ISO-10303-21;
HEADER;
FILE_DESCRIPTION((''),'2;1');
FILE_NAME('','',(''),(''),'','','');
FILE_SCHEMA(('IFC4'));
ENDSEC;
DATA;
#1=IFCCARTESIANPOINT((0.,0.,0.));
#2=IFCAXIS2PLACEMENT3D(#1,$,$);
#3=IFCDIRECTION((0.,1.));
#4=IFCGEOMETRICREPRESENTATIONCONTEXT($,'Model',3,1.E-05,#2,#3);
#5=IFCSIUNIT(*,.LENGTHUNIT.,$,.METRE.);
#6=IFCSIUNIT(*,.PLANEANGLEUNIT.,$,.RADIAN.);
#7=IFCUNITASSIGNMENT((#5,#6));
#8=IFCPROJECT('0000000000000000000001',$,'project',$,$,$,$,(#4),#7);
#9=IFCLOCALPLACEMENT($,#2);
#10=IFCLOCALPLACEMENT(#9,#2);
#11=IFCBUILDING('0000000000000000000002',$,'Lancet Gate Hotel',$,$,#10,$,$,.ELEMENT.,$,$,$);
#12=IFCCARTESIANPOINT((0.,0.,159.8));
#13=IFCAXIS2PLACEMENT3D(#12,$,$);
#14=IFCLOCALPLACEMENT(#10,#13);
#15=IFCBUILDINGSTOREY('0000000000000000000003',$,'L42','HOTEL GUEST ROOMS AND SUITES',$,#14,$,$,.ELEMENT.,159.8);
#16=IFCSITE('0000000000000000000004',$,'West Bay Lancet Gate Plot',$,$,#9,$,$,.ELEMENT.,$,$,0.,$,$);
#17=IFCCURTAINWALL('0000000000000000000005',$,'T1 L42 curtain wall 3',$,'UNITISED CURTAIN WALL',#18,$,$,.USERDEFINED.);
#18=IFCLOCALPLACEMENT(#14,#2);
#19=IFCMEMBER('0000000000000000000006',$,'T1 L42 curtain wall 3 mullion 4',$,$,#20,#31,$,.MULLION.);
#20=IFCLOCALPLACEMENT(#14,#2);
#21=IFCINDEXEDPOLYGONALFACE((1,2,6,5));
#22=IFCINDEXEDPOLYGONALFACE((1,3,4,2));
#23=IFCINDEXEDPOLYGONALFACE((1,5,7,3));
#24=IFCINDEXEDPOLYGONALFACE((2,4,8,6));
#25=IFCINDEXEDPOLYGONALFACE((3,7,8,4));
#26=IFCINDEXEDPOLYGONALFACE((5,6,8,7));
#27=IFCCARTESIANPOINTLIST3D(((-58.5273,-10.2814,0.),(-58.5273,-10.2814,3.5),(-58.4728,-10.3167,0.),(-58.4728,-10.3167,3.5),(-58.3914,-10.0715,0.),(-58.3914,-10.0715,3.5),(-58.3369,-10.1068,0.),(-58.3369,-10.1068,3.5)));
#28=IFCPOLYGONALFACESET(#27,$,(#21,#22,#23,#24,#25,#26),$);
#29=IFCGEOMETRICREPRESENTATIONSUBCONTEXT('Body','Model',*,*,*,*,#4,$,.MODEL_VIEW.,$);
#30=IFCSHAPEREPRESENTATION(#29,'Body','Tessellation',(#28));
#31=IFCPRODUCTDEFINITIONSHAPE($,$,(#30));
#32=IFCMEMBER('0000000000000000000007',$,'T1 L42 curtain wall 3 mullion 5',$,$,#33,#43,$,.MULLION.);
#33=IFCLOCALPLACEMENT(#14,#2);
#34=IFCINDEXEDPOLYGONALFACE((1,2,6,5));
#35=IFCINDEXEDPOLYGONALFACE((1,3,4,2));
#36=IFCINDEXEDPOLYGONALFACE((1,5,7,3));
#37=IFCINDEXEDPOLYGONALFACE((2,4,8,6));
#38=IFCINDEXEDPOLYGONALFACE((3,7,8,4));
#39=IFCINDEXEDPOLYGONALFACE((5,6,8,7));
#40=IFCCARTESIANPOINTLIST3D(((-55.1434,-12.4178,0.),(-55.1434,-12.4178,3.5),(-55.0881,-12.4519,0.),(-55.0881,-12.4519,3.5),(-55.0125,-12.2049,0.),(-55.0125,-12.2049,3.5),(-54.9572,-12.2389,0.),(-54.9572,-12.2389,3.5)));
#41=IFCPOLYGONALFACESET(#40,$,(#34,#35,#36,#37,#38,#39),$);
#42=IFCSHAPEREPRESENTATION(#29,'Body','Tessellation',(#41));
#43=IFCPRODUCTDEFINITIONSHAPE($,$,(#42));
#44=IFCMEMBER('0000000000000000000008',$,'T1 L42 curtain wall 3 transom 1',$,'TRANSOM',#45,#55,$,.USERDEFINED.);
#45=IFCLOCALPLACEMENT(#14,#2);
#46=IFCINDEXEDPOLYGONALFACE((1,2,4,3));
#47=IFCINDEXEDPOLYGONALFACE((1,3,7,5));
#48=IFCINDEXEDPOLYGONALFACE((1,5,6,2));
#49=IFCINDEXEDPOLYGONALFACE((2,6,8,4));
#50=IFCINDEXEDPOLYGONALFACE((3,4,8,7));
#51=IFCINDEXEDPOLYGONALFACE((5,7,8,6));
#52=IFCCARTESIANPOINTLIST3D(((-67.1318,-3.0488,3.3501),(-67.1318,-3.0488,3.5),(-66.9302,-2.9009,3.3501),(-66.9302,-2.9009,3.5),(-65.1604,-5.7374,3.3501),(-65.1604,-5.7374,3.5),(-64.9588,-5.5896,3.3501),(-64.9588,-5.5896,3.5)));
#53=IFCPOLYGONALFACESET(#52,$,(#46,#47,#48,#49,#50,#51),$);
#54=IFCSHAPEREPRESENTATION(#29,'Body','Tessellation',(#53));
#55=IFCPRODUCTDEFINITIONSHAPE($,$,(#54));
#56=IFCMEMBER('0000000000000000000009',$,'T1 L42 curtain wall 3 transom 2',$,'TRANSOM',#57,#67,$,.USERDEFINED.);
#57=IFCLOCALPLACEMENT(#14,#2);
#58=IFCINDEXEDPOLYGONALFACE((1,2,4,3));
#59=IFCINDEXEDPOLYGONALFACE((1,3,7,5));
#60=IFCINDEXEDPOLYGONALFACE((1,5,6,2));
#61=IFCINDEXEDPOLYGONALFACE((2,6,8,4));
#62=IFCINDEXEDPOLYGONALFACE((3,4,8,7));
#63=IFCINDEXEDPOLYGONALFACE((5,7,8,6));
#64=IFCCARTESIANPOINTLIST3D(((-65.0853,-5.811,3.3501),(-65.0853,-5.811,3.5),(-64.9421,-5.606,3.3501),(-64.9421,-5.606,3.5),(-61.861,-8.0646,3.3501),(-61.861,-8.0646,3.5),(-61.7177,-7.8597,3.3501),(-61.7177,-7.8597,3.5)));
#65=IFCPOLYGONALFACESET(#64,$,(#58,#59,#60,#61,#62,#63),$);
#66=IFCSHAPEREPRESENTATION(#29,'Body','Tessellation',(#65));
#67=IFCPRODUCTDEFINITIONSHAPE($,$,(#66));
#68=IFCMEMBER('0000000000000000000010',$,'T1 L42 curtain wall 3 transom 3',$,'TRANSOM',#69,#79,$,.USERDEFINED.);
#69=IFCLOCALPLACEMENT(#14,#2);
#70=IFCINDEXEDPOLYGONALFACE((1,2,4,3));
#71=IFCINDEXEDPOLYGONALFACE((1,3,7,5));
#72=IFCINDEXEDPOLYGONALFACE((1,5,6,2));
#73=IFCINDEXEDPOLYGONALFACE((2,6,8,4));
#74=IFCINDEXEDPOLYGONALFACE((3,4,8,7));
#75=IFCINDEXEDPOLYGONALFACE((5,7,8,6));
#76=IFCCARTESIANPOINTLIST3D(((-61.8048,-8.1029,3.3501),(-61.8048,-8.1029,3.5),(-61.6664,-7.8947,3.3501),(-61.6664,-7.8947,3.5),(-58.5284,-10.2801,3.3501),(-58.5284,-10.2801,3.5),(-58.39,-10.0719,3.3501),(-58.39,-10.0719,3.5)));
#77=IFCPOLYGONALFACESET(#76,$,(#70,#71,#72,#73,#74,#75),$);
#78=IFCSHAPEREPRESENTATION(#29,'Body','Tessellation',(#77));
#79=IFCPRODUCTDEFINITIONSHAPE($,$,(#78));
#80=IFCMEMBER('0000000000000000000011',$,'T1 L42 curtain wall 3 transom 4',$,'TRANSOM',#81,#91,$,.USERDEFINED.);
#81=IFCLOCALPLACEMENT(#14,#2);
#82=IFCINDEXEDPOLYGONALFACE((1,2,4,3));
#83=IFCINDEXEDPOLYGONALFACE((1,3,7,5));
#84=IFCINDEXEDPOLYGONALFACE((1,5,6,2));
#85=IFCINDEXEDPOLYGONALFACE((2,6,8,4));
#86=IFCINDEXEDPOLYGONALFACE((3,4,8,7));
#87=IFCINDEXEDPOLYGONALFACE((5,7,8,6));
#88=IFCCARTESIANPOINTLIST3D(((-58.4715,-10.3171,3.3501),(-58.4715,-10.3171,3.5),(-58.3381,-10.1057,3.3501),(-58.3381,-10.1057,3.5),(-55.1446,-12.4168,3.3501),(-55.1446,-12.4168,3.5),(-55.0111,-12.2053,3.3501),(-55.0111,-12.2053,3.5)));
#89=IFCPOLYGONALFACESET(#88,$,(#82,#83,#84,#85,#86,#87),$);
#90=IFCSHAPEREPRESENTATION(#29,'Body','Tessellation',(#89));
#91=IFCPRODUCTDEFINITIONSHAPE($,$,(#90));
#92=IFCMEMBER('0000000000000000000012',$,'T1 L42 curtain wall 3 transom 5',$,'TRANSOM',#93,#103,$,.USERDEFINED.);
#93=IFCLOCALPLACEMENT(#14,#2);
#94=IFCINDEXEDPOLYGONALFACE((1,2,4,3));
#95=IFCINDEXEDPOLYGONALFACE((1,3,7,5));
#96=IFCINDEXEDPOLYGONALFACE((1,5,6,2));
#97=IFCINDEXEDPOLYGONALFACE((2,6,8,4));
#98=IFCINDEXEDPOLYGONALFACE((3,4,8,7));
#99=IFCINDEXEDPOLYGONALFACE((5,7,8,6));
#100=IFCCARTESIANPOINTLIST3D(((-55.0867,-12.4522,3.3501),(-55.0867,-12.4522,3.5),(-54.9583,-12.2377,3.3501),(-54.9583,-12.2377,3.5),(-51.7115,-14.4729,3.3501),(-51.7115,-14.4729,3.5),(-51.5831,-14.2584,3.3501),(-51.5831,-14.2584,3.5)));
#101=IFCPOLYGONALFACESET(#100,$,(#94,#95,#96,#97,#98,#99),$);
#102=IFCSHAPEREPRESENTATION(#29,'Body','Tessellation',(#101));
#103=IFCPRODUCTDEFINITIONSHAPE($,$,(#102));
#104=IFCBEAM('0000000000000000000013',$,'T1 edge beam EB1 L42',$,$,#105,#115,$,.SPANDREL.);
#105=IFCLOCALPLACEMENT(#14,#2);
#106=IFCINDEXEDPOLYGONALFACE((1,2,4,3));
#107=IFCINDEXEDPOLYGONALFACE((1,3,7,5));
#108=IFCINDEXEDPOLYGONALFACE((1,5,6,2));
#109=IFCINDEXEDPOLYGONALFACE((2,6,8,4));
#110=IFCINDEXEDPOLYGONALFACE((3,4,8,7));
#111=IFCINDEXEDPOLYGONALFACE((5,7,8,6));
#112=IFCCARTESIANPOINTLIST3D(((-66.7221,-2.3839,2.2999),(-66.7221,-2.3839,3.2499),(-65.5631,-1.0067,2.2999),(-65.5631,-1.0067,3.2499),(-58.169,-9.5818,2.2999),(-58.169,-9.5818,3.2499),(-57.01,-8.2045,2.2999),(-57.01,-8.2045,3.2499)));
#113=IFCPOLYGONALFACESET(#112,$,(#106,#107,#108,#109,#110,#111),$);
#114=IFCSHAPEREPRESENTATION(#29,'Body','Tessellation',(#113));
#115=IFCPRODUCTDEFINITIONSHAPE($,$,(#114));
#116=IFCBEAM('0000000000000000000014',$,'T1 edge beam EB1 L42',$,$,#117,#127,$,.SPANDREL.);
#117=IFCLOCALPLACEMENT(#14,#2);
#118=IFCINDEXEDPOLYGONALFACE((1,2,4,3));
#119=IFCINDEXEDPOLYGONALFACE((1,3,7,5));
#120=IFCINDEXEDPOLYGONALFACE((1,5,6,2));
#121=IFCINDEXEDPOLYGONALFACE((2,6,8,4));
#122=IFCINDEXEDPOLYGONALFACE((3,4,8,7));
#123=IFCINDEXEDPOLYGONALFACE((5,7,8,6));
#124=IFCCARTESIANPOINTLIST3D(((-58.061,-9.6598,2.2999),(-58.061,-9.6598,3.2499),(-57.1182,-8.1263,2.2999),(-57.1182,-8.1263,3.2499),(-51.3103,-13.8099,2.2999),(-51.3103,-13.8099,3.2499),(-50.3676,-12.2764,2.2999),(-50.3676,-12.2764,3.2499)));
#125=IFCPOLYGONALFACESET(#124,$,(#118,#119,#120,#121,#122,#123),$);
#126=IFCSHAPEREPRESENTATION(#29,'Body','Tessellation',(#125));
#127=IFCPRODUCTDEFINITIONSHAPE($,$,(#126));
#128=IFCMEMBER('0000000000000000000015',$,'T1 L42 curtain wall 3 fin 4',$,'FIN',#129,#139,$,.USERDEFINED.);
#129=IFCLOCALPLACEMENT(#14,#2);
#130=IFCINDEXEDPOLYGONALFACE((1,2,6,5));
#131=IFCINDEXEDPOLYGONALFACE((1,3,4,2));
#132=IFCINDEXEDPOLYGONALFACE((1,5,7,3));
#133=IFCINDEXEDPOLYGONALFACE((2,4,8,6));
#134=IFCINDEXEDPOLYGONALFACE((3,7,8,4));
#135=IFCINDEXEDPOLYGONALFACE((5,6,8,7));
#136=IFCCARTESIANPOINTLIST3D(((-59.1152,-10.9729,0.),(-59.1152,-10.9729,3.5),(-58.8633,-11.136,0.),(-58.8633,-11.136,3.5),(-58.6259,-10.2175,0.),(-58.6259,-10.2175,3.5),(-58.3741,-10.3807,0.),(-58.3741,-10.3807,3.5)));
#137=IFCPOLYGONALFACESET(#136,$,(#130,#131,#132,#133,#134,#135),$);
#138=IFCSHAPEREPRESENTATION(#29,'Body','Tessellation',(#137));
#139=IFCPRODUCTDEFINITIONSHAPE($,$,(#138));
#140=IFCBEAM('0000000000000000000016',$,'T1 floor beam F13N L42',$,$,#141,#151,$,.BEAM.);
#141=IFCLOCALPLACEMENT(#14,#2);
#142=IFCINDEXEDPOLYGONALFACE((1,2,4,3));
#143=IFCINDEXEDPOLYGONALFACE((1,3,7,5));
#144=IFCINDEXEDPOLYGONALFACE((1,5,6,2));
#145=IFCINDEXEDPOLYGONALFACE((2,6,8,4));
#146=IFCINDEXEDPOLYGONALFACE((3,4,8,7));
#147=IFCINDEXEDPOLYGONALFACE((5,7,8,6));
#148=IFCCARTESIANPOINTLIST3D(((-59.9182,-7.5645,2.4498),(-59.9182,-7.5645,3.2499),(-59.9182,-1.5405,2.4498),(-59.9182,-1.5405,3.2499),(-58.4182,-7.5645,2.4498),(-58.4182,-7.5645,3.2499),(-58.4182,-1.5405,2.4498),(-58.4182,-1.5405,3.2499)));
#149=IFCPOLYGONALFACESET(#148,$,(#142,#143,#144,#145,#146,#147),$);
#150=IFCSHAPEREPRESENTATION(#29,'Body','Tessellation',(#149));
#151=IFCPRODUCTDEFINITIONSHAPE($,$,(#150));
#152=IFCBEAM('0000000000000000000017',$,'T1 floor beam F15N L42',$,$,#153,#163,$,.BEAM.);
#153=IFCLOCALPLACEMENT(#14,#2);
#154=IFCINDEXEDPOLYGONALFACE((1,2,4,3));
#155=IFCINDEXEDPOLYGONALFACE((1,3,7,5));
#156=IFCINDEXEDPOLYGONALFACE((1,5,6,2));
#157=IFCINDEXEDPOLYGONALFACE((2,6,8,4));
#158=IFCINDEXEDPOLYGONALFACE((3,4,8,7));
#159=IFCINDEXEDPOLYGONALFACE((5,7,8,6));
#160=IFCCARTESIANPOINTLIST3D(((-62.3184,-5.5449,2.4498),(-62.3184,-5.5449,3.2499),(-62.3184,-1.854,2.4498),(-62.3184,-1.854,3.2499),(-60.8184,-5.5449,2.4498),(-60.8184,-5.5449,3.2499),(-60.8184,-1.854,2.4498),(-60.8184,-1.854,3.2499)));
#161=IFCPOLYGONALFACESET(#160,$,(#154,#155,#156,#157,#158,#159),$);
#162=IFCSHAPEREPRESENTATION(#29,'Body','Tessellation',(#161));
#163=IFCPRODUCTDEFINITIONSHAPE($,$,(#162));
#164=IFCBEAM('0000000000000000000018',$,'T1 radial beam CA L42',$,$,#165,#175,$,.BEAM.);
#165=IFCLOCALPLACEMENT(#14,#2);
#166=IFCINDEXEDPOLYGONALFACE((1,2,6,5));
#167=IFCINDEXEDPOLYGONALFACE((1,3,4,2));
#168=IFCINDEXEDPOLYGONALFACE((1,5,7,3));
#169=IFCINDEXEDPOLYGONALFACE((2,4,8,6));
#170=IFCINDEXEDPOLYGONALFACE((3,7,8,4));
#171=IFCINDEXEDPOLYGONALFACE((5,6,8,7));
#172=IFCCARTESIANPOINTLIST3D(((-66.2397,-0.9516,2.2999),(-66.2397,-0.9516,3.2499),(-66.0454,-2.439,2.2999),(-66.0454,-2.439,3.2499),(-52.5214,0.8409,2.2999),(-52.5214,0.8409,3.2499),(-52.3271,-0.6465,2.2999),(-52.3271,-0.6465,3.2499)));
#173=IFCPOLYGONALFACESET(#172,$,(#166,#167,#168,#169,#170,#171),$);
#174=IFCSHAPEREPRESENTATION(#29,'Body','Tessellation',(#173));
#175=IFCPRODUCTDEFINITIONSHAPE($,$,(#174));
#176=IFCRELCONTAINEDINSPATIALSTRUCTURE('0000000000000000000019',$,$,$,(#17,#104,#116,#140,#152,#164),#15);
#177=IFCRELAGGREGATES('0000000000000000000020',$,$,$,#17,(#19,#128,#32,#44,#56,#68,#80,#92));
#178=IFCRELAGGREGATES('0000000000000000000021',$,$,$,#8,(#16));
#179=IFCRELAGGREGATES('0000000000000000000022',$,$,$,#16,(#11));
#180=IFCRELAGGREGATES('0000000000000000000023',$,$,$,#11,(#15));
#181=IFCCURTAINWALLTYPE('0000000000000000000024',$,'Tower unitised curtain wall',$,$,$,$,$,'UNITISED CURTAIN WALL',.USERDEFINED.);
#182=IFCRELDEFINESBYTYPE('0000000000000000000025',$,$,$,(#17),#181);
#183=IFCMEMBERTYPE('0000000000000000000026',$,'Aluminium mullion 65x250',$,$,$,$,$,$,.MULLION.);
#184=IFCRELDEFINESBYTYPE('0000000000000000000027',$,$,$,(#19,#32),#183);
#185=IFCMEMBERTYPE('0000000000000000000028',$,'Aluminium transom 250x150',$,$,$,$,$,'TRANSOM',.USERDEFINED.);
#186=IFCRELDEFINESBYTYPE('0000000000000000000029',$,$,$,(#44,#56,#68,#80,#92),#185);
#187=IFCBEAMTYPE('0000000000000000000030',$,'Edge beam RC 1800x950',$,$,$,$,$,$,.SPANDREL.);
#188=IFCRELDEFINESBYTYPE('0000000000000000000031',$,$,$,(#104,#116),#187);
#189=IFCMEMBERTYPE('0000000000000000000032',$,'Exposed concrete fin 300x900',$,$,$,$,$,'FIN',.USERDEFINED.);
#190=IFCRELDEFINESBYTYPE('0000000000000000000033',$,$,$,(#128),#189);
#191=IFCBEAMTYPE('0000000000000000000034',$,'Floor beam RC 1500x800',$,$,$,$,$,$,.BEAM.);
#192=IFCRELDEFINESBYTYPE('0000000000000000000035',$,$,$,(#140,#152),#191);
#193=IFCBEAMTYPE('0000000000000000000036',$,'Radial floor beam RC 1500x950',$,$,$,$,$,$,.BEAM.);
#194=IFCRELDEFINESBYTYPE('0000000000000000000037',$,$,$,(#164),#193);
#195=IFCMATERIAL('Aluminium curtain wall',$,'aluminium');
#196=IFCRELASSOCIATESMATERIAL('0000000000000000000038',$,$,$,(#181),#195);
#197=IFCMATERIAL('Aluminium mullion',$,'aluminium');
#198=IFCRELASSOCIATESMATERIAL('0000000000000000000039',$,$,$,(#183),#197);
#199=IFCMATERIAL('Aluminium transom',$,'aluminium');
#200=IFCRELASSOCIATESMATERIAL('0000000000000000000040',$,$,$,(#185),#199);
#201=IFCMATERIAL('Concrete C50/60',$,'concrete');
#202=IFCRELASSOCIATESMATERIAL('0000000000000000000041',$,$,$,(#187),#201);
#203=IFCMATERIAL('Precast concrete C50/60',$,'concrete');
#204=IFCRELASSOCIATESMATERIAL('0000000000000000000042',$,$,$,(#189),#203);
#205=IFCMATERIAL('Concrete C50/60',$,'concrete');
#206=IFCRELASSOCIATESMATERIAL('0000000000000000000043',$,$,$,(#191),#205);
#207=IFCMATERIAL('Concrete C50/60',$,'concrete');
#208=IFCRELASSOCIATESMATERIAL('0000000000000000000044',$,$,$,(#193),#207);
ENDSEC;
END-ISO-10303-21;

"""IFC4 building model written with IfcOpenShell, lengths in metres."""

from ifc_helpers import new_model, si_unit, direction, frame, origin, origin_2d, place, context, subcontext, project, spatial, rectangle, extrude, material, material_profile, profile_set, type_object, element, aggregate, save


model = new_model("IFC4")

# Units and contexts
model_context = context("Model", 3, precision=1e-05, world=origin(), true_north=direction((0.0, 1.0)))
body_context = subcontext(model_context, "Body", "Model", "MODEL_VIEW")
ifc_project = project(units=[si_unit("LENGTHUNIT", "METRE"), si_unit("PLANEANGLEUNIT", "RADIAN")], contexts=[model_context])

# Site, building, storey
site_placement = place(None, origin())
site = spatial("IfcSite", under=ifc_project, at=site_placement, Name="West Bay Lancet Gate Plot", CompositionType="ELEMENT", RefElevation=0.0)
building_placement = place(site_placement, origin())
building = spatial("IfcBuilding", under=site, at=building_placement, Name="Lancet Gate Hotel", CompositionType="ELEMENT")
storey_placement = place(building_placement, frame((0.0, 0.0, 159.8)))
storey = spatial("IfcBuildingStorey", under=building, at=storey_placement, Name="L42", Description="HOTEL GUEST ROOMS AND SUITES", CompositionType="ELEMENT", Elevation=159.8)

# Shared definitions
ifc_material_1 = material(Name="Aluminium curtain wall", Category="aluminium")
curtain_wall_type = type_object("IfcCurtainWallType", Name="Tower unitised curtain wall", ElementType="UNITISED CURTAIN WALL", PredefinedType="USERDEFINED", material=ifc_material_1)
ifc_material_2 = material(Name="Aluminium mullion", Category="aluminium")
ifc_material_profile_1 = material_profile(ifc_material_2, rectangle(XDim=0.0649, YDim=0.25, at=origin_2d()), Name="MULLION 65x250")
ifc_profile_set_1 = profile_set([ifc_material_profile_1], Name="Aluminium mullion")
member_type_1 = type_object("IfcMemberType", Name="Aluminium mullion 65x250", PredefinedType="MULLION", material=ifc_profile_set_1)

# Curtain wall, members
curtain_wall_1_placement = place(storey_placement, origin())
curtain_wall_1 = element("IfcCurtainWall", 1, at=curtain_wall_1_placement, inside=storey, type_object=curtain_wall_type, Name="T1 L42 curtain wall 3", ObjectType="UNITISED CURTAIN WALL", PredefinedType="USERDEFINED")
member_1_placement = place(storey_placement, frame((-58.4321, -10.1941, 0.0), z_axis=(0.0, 0.0, 1.0), x_axis=(0.839331, -0.543621, 0.0)))
member_1 = element("IfcMember", 2, at=member_1_placement, type_object=member_type_1, Name="T1 L42 curtain wall 3 mullion 4", PredefinedType="MULLION", context=body_context, shape_type="SweptSolid", body=[
    extrude(rectangle(XDim=0.0649, YDim=0.25, at=origin_2d()), origin(), (0.0, 0.0, 1.0), 3.5),
])
member_2_placement = place(storey_placement, frame((-55.0503, -12.3284, 0.0), z_axis=(0.0, 0.0, 1.0), x_axis=(0.851886, -0.523728, 0.0)))
member_2 = element("IfcMember", 3, at=member_2_placement, type_object=member_type_1, Name="T1 L42 curtain wall 3 mullion 5", PredefinedType="MULLION", context=body_context, shape_type="SweptSolid", body=[
    extrude(rectangle(XDim=0.0649, YDim=0.25, at=origin_2d()), origin(), (0.0, 0.0, 1.0), 3.5),
])
ifc_material_3 = material(Name="Aluminium transom", Category="aluminium")
ifc_material_profile_2 = material_profile(ifc_material_3, rectangle(XDim=0.25, YDim=0.1499, at=origin_2d()), Name="TRANSOM 250x150")
ifc_profile_set_2 = profile_set([ifc_material_profile_2], Name="Aluminium transom")
member_type_2 = type_object("IfcMemberType", Name="Aluminium transom 250x150", ElementType="TRANSOM", PredefinedType="USERDEFINED", material=ifc_profile_set_2)
member_3_placement = place(storey_placement, frame((-67.031, -2.9749, 3.425), z_axis=(0.591307, -0.806447, 0.0), x_axis=(0.806447, 0.591307, 0.0)))
member_3 = element("IfcMember", 4, at=member_3_placement, type_object=member_type_2, Name="T1 L42 curtain wall 3 transom 1", ObjectType="TRANSOM", PredefinedType="USERDEFINED", context=body_context, shape_type="SweptSolid", body=[
    extrude(rectangle(XDim=0.25, YDim=0.1499, at=origin_2d()), origin(), (0.0, 0.0, 1.0), 3.334),
])
member_4_placement = place(storey_placement, frame((-65.0137, -5.7085, 3.425), z_axis=(0.819637, -0.572883, 0.0), x_axis=(0.572883, 0.819637, 0.0)))
member_4 = element("IfcMember", 5, at=member_4_placement, type_object=member_type_2, Name="T1 L42 curtain wall 3 transom 2", ObjectType="TRANSOM", PredefinedType="USERDEFINED", context=body_context, shape_type="SweptSolid", body=[
    extrude(rectangle(XDim=0.25, YDim=0.1499, at=origin_2d()), origin(), (0.0, 0.0, 1.0), 3.9338),
])
member_5_placement = place(storey_placement, frame((-61.7356, -7.9988, 3.425), z_axis=(0.832871, -0.553468, 0.0), x_axis=(0.553468, 0.832871, 0.0)))
member_5 = element("IfcMember", 6, at=member_5_placement, type_object=member_type_2, Name="T1 L42 curtain wall 3 transom 3", ObjectType="TRANSOM", PredefinedType="USERDEFINED", context=body_context, shape_type="SweptSolid", body=[
    extrude(rectangle(XDim=0.25, YDim=0.1499, at=origin_2d()), origin(), (0.0, 0.0, 1.0), 3.9338),
])
member_6_placement = place(storey_placement, frame((-58.4048, -10.2114, 3.425), z_axis=(0.845672, -0.533703, 0.0), x_axis=(0.533703, 0.845672, 0.0)))
member_6 = element("IfcMember", 7, at=member_6_placement, type_object=member_type_2, Name="T1 L42 curtain wall 3 transom 4", ObjectType="TRANSOM", PredefinedType="USERDEFINED", context=body_context, shape_type="SweptSolid", body=[
    extrude(rectangle(XDim=0.25, YDim=0.1499, at=origin_2d()), origin(), (0.0, 0.0, 1.0), 3.9341),
])
member_7_placement = place(storey_placement, frame((-55.0225, -12.345, 3.425), z_axis=(0.857985, -0.513674, 0.0), x_axis=(0.513674, 0.857985, 0.0)))
member_7 = element("IfcMember", 8, at=member_7_placement, type_object=member_type_2, Name="T1 L42 curtain wall 3 transom 5", ObjectType="TRANSOM", PredefinedType="USERDEFINED", context=body_context, shape_type="SweptSolid", body=[
    extrude(rectangle(XDim=0.25, YDim=0.1499, at=origin_2d()), origin(), (0.0, 0.0, 1.0), 3.9338),
])

# Beams
ifc_material_4 = material(Name="Concrete C50/60", Category="concrete")
ifc_material_profile_3 = material_profile(ifc_material_4, rectangle(XDim=1.8, YDim=0.95, at=origin_2d()), Name="RC 1800x950")
ifc_profile_set_3 = profile_set([ifc_material_profile_3], Name="Concrete C50/60")
beam_type_1 = type_object("IfcBeamType", Name="Edge beam RC 1800x950", PredefinedType="SPANDREL", material=ifc_profile_set_3)
beam_1_placement = place(storey_placement, frame((-66.1426, -1.6953, 2.7749), z_axis=(0.765121, -0.643887, 0.0), x_axis=(0.643887, 0.765121, 0.0)))
element("IfcBeam", 9, at=beam_1_placement, inside=storey, type_object=beam_type_1, Name="T1 edge beam EB1 L42", PredefinedType="SPANDREL", context=body_context, shape_type="SweptSolid", body=[
    extrude(rectangle(XDim=1.8, YDim=0.95, at=origin_2d()), origin(), (0.0, 0.0, 1.0), 11.1787),
])
beam_2_placement = place(storey_placement, frame((-57.5896, -8.8931, 2.7749), z_axis=(0.851892, -0.523717, 0.0), x_axis=(0.523717, 0.851892, 0.0)))
element("IfcBeam", 10, at=beam_2_placement, inside=storey, type_object=beam_type_1, Name="T1 edge beam EB1 L42", PredefinedType="SPANDREL", context=body_context, shape_type="SweptSolid", body=[
    extrude(rectangle(XDim=1.8, YDim=0.95, at=origin_2d()), origin(), (0.0, 0.0, 1.0), 7.9243),
])

# Member
ifc_material_5 = material(Name="Precast concrete C50/60", Category="concrete")
ifc_material_profile_4 = material_profile(ifc_material_5, rectangle(XDim=0.3, YDim=0.8999, at=origin_2d()), Name="FIN 300x900")
ifc_profile_set_4 = profile_set([ifc_material_profile_4], Name="Precast concrete C50/60")
member_type_3 = type_object("IfcMemberType", Name="Exposed concrete fin 300x900", ElementType="FIN", PredefinedType="USERDEFINED", material=ifc_profile_set_4)
member_8_placement = place(storey_placement, frame((-58.7446, -10.6768, 0.0), z_axis=(0.0, 0.0, 1.0), x_axis=(0.839331, -0.543621, 0.0)))
member_8 = element("IfcMember", 11, at=member_8_placement, type_object=member_type_3, Name="T1 L42 curtain wall 3 fin 4", ObjectType="FIN", PredefinedType="USERDEFINED", context=body_context, shape_type="SweptSolid", body=[
    extrude(rectangle(XDim=0.3, YDim=0.8999, at=origin_2d()), origin(), (0.0, 0.0, 1.0), 3.5),
])

# Beams
ifc_material_6 = material(Name="Concrete C50/60", Category="concrete")
ifc_material_profile_5 = material_profile(ifc_material_6, rectangle(XDim=1.5, YDim=0.8, at=origin_2d()), Name="RC 1500x800")
ifc_profile_set_5 = profile_set([ifc_material_profile_5], Name="Concrete C50/60")
beam_type_2 = type_object("IfcBeamType", Name="Floor beam RC 1500x800", PredefinedType="BEAM", material=ifc_profile_set_5)
beam_3_placement = place(storey_placement, frame((-59.1682, -1.5405, 2.8499), z_axis=(0.0, -1.0, 0.0), x_axis=(1.0, 0.0, 0.0)))
element("IfcBeam", 12, at=beam_3_placement, inside=storey, type_object=beam_type_2, Name="T1 floor beam F13N L42", PredefinedType="BEAM", context=body_context, shape_type="SweptSolid", body=[
    extrude(rectangle(XDim=1.5, YDim=0.8, at=origin_2d()), origin(), (0.0, 0.0, 1.0), 6.0239),
])
beam_4_placement = place(storey_placement, frame((-61.5684, -1.854, 2.8499), z_axis=(0.0, -1.0, 0.0), x_axis=(1.0, 0.0, 0.0)))
element("IfcBeam", 13, at=beam_4_placement, inside=storey, type_object=beam_type_2, Name="T1 floor beam F15N L42", PredefinedType="BEAM", context=body_context, shape_type="SweptSolid", body=[
    extrude(rectangle(XDim=1.5, YDim=0.8, at=origin_2d()), origin(), (0.0, 0.0, 1.0), 3.6909),
])
ifc_material_7 = material(Name="Concrete C50/60", Category="concrete")
ifc_material_profile_6 = material_profile(ifc_material_7, rectangle(XDim=1.5, YDim=0.95, at=origin_2d()), Name="RC 1500x950")
ifc_profile_set_6 = profile_set([ifc_material_profile_6], Name="Concrete C50/60")
beam_type_3 = type_object("IfcBeamType", Name="Radial floor beam RC 1500x950", PredefinedType="BEAM", material=ifc_profile_set_6)
beam_5_placement = place(storey_placement, frame((-66.1426, -1.6953, 2.7749), z_axis=(0.991571, 0.129562, 0.0), x_axis=(-0.129562, 0.991571, 0.0)))
element("IfcBeam", 14, at=beam_5_placement, inside=storey, type_object=beam_type_3, Name="T1 radial beam CA L42", PredefinedType="BEAM", context=body_context, shape_type="SweptSolid", body=[
    extrude(rectangle(XDim=1.5, YDim=0.95, at=origin_2d()), origin(), (0.0, 0.0, 1.0), 13.835),
])

aggregate(curtain_wall_1, [member_1, member_8, member_2, member_3, member_4, member_5, member_6, member_7])

save(model, "model.ifc")
